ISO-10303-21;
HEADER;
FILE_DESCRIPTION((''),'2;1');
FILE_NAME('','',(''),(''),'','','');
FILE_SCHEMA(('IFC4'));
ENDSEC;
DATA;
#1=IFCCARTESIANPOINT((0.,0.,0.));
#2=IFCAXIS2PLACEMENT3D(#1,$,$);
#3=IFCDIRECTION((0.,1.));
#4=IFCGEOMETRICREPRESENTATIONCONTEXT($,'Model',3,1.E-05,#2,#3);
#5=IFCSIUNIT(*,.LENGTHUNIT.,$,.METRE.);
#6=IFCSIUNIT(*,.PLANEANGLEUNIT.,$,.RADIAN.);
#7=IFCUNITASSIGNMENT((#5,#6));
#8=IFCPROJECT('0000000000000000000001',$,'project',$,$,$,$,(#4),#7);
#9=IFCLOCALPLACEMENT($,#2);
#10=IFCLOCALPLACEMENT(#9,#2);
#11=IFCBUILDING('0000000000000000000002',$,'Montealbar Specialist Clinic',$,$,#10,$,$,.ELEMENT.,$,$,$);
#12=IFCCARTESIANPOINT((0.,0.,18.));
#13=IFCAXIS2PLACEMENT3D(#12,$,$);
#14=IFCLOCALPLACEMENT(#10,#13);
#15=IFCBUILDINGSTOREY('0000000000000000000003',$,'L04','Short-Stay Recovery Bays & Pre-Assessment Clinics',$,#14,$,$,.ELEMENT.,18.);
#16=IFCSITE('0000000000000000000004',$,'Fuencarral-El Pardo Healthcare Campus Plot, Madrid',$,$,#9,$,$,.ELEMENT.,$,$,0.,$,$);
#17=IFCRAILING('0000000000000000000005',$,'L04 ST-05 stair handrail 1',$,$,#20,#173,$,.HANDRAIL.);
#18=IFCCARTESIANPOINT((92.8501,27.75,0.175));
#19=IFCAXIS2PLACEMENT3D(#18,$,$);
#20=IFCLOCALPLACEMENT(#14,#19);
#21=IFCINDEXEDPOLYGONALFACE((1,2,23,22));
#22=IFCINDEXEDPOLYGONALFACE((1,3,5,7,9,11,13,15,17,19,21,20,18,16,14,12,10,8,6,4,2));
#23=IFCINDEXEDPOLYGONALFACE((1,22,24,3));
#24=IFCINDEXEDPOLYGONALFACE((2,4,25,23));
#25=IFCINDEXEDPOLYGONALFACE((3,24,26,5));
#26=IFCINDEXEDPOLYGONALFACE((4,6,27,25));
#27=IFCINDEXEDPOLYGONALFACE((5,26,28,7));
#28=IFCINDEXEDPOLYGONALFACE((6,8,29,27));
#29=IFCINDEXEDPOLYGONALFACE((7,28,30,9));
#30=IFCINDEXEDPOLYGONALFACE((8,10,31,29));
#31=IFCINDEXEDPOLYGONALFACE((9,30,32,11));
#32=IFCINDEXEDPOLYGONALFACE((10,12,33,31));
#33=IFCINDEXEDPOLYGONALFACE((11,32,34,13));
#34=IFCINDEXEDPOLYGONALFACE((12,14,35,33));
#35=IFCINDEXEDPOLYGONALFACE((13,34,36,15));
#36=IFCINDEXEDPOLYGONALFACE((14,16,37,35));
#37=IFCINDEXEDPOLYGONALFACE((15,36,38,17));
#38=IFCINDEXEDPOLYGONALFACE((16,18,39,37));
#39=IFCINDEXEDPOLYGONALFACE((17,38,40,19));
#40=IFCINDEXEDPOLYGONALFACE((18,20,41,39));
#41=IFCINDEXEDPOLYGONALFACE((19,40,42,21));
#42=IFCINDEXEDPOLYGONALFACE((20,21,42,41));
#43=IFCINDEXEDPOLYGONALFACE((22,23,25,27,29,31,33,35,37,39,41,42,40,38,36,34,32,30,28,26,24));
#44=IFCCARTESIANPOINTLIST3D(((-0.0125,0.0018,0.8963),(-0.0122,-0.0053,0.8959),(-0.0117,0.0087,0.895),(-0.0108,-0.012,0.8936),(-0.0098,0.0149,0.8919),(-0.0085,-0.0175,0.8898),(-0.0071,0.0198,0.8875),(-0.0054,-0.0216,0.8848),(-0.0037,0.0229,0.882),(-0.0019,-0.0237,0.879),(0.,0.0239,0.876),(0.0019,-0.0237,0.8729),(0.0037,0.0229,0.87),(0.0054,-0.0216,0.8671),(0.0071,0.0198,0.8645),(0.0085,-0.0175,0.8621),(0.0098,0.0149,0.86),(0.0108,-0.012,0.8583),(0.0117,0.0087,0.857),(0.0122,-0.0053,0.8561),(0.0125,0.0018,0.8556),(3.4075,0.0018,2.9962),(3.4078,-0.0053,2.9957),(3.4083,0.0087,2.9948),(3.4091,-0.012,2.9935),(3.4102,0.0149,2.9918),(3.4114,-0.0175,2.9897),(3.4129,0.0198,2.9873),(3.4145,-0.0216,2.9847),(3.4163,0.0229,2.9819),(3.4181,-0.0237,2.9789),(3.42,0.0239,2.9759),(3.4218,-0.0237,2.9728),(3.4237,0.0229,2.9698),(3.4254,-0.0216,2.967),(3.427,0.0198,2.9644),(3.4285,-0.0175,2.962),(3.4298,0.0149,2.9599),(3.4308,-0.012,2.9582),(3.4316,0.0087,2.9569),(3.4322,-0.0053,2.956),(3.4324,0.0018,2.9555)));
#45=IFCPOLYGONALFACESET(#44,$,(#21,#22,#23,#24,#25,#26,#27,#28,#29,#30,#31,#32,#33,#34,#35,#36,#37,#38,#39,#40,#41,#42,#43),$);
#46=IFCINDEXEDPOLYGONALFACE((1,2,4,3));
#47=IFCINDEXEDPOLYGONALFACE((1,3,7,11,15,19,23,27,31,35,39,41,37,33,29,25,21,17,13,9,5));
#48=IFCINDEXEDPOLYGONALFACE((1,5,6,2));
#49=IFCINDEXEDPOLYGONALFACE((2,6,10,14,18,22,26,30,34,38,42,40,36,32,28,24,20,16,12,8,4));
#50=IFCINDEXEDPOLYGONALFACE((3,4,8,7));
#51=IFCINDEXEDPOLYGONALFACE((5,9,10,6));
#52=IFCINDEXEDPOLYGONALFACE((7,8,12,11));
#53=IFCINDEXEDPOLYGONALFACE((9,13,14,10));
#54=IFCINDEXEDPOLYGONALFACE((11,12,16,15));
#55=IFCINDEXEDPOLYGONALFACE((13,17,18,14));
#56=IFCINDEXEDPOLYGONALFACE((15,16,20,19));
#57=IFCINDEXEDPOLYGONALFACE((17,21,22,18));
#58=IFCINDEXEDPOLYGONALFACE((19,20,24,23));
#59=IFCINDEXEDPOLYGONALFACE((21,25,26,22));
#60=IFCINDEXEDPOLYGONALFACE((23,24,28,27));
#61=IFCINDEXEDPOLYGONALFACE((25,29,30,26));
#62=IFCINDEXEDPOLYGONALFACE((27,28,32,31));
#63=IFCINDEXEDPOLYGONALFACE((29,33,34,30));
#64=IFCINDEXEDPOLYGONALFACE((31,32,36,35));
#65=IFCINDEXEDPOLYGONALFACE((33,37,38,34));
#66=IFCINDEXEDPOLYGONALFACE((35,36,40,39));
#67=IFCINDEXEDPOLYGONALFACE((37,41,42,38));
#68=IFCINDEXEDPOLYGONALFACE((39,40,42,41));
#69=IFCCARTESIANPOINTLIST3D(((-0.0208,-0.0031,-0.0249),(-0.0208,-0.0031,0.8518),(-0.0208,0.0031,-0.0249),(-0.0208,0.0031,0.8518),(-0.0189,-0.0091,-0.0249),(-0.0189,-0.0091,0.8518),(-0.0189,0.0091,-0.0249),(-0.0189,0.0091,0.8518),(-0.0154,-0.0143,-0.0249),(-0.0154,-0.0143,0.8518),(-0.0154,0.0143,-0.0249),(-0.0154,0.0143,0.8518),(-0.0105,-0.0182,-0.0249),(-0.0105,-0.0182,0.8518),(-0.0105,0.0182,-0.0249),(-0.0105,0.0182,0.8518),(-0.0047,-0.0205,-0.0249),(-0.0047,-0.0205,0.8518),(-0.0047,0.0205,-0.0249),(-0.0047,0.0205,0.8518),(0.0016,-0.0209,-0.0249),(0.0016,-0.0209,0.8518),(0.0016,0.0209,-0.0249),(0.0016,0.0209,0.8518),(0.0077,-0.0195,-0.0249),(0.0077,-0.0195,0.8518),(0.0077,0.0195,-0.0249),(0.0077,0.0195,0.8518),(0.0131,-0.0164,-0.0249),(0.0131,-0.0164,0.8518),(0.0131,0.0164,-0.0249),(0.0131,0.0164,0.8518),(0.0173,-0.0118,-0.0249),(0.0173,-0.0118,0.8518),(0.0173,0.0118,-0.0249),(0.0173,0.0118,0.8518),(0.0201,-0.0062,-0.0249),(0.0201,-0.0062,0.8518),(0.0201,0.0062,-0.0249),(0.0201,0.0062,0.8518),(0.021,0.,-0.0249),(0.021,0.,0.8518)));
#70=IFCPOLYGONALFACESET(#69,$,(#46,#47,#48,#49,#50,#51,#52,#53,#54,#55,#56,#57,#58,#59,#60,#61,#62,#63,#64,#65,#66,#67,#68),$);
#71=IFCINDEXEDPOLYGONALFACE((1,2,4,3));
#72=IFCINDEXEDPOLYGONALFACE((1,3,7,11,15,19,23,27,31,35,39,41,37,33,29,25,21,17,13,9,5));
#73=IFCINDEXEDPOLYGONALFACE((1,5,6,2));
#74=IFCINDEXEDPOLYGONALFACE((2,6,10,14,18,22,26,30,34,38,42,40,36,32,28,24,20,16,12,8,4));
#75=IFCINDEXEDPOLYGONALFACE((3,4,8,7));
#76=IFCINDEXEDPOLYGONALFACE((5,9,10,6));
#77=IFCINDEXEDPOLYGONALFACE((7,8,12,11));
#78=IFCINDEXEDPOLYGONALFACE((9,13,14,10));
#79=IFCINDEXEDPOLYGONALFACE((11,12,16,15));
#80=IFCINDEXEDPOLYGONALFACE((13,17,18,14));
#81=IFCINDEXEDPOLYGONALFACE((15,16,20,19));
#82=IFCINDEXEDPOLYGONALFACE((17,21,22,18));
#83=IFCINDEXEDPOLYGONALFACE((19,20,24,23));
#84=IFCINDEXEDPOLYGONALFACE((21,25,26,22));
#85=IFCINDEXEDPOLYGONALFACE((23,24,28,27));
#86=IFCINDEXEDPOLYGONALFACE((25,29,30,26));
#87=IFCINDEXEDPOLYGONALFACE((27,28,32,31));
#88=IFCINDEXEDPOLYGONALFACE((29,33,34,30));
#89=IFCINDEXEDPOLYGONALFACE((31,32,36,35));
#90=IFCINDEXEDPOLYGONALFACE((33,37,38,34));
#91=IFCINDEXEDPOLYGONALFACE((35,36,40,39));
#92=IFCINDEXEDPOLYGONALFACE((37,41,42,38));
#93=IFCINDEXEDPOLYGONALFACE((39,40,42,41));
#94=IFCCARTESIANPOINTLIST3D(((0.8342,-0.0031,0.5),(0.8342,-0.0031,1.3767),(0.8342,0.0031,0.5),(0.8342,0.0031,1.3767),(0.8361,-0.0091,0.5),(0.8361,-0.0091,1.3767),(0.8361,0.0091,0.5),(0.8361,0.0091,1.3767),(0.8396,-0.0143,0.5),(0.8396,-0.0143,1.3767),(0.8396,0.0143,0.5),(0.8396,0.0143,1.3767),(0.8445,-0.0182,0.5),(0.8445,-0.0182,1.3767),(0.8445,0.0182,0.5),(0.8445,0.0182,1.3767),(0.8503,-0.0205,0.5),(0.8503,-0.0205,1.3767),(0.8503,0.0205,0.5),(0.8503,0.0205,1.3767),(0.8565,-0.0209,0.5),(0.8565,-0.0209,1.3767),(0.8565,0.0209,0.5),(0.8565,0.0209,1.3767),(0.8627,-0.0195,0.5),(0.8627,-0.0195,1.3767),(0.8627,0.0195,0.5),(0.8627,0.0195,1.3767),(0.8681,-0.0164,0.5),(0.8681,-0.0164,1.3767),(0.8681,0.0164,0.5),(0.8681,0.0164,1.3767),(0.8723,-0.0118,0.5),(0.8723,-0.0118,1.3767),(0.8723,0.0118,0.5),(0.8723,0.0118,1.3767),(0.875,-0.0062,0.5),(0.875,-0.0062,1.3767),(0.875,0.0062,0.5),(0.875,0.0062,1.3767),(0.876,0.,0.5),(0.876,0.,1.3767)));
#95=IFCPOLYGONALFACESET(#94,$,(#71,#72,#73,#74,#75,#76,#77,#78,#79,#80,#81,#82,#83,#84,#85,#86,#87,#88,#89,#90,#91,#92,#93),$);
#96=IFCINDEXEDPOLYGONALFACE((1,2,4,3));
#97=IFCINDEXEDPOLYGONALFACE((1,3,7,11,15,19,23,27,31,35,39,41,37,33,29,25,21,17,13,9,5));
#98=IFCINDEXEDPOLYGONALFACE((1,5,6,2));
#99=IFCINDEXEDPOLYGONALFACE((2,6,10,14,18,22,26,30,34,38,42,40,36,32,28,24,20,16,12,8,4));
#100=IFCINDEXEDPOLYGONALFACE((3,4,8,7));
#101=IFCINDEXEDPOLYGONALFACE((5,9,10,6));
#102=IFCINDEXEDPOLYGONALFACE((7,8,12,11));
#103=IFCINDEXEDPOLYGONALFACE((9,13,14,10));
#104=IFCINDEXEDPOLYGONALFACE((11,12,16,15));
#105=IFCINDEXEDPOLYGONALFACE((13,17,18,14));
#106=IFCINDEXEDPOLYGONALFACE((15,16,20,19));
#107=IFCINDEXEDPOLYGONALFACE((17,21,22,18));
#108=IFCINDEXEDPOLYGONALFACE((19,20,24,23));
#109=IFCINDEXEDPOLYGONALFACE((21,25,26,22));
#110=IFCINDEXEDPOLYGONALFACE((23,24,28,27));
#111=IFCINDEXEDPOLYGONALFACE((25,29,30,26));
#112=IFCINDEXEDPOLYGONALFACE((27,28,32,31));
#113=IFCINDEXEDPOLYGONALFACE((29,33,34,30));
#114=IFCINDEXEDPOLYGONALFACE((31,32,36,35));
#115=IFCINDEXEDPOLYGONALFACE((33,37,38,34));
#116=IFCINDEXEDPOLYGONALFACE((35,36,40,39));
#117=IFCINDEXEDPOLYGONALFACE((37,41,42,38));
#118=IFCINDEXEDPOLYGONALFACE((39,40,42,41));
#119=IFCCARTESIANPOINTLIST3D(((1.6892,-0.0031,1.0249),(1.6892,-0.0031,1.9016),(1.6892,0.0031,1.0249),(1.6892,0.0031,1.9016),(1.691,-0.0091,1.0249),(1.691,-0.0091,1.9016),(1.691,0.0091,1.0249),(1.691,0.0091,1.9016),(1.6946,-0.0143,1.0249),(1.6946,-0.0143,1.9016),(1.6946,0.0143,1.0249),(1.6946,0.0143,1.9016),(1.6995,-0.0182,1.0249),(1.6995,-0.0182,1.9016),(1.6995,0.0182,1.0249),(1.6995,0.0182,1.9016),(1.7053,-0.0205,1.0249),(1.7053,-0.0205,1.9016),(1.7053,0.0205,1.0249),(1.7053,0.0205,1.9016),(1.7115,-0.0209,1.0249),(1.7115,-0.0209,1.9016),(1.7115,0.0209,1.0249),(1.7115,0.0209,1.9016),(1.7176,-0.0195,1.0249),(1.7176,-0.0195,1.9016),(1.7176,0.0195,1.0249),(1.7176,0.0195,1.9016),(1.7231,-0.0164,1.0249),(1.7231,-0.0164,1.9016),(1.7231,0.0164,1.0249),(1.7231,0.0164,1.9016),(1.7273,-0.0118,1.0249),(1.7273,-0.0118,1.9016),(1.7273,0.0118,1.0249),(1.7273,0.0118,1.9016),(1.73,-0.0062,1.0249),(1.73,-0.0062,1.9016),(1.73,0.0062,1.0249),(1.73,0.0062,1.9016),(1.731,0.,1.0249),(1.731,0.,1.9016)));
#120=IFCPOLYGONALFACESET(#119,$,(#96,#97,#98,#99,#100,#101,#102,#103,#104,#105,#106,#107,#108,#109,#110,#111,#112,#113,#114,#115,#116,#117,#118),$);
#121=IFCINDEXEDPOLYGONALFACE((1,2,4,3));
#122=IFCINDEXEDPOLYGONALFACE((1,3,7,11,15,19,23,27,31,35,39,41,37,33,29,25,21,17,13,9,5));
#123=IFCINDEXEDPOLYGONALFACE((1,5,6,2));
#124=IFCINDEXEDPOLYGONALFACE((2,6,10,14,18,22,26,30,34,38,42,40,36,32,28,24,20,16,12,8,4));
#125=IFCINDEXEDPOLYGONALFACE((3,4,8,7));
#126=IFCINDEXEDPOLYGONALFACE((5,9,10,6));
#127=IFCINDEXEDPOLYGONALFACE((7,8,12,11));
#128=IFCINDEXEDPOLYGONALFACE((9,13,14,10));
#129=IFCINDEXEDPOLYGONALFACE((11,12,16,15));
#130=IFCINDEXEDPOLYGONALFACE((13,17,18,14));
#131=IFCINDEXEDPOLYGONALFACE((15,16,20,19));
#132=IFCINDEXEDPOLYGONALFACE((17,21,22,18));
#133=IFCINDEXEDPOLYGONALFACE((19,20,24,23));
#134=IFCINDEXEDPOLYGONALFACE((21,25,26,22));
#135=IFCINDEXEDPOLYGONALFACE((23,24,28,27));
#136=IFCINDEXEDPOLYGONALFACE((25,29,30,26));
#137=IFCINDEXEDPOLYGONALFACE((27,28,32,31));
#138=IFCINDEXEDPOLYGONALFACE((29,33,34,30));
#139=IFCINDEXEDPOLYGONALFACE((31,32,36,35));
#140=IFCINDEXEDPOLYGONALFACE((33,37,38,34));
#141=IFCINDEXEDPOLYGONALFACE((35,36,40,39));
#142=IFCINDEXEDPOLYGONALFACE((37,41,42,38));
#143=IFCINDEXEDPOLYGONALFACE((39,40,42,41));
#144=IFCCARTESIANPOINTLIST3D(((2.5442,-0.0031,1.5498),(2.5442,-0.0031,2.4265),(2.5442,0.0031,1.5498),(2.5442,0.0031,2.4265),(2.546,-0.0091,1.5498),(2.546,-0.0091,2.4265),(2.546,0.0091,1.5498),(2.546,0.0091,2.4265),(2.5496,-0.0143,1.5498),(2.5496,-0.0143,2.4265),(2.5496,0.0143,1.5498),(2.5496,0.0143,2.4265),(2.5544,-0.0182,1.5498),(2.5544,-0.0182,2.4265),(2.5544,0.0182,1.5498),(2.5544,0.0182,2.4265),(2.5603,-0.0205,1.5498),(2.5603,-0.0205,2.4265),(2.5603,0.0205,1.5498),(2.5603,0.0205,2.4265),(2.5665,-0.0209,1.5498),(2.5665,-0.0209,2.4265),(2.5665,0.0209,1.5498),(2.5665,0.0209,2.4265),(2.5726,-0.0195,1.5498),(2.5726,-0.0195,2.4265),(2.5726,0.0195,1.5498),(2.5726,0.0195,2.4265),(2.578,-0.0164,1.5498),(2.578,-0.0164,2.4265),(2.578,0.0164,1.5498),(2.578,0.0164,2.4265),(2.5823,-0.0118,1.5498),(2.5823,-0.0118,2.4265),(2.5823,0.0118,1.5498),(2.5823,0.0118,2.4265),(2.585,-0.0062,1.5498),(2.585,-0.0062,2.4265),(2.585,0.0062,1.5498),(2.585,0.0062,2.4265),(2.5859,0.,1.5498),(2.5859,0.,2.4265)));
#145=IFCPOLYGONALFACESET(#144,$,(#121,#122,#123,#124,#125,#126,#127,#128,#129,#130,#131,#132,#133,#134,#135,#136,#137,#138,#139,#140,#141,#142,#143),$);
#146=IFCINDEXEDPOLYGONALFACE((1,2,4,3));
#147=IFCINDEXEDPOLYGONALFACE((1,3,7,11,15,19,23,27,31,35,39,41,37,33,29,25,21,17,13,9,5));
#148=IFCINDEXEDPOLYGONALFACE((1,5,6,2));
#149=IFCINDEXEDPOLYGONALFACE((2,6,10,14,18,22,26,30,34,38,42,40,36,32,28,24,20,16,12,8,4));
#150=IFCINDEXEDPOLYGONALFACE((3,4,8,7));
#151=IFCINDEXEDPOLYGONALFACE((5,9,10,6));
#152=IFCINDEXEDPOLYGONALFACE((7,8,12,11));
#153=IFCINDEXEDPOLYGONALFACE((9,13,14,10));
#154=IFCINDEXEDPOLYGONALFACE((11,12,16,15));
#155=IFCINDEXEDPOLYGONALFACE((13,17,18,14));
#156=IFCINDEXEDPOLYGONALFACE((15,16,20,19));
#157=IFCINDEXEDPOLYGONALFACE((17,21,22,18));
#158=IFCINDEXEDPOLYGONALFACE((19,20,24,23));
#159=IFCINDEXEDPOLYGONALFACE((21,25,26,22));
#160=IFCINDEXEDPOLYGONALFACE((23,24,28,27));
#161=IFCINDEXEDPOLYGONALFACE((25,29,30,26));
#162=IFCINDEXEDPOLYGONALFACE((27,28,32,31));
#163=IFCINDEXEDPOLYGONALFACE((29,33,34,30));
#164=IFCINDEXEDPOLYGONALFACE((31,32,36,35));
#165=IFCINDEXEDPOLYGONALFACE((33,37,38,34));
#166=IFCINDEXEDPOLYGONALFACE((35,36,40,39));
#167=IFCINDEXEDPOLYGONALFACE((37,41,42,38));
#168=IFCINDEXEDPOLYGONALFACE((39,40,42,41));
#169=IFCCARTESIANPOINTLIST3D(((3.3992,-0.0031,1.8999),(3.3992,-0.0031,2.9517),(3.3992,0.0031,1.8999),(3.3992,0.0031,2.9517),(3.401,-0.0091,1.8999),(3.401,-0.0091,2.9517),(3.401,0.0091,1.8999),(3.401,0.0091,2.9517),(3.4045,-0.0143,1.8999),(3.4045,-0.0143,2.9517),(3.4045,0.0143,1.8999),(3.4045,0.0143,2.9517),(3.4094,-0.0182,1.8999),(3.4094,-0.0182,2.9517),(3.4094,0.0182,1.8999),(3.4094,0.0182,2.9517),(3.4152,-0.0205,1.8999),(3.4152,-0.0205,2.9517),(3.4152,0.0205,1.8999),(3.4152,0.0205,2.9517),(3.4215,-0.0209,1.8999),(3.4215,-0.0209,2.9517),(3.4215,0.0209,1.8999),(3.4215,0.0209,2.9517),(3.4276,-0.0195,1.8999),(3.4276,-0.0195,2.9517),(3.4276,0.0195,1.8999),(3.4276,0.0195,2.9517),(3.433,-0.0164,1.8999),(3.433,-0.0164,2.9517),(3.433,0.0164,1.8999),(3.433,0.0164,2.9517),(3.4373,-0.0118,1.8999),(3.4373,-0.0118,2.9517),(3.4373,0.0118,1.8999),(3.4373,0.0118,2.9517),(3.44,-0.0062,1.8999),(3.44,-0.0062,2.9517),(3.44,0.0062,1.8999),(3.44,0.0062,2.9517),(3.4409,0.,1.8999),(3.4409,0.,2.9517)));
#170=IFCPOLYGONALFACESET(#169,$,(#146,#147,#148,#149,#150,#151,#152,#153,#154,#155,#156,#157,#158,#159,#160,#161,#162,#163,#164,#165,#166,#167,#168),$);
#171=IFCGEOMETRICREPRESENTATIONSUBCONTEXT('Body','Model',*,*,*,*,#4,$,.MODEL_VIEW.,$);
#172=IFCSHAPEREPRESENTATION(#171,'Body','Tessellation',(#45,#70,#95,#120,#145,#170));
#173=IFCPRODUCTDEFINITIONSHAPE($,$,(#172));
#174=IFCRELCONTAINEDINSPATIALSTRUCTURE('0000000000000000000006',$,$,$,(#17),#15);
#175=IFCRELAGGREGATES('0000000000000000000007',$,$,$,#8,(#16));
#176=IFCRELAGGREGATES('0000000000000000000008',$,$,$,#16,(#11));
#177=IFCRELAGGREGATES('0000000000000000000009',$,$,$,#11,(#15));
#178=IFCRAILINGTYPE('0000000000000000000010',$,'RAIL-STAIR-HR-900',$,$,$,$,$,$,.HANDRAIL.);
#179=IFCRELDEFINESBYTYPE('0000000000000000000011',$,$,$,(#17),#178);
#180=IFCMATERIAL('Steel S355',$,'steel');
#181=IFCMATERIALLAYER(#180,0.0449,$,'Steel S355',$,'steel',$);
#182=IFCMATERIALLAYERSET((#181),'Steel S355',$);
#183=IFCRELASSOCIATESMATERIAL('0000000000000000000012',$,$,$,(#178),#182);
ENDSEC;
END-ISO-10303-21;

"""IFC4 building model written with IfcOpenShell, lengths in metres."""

from ifc_helpers import new_model, si_unit, direction, frame, origin, origin_2d, place, context, subcontext, project, spatial, circle, extrude, material, layer, layer_set, type_object, element, save


model = new_model("IFC4")

# Units and contexts
model_context = context("Model", 3, precision=1e-05, world=origin(), true_north=direction((0.0, 1.0)))
body_context = subcontext(model_context, "Body", "Model", "MODEL_VIEW")
ifc_project = project(units=[si_unit("LENGTHUNIT", "METRE"), si_unit("PLANEANGLEUNIT", "RADIAN")], contexts=[model_context])

# Site, building, storey
site_placement = place(None, origin())
site = spatial("IfcSite", under=ifc_project, at=site_placement, Name="Fuencarral-El Pardo Healthcare Campus Plot, Madrid", CompositionType="ELEMENT", RefElevation=0.0)
building_placement = place(site_placement, origin())
building = spatial("IfcBuilding", under=site, at=building_placement, Name="Montealbar Specialist Clinic", CompositionType="ELEMENT")
storey_placement = place(building_placement, frame((0.0, 0.0, 18.0)))
storey = spatial("IfcBuildingStorey", under=building, at=storey_placement, Name="L04", Description="Short-Stay Recovery Bays & Pre-Assessment Clinics", CompositionType="ELEMENT", Elevation=18.0)

# Shared definitions
ifc_material_1 = material(Name="Steel S355", Category="steel")

# Railing
ifc_layer_1 = layer(ifc_material_1, 0.0449, Name="Steel S355", Category="steel")
ifc_layer_set_1 = layer_set([ifc_layer_1], Name="Steel S355")
railing_type_1 = type_object("IfcRailingType", Name="RAIL-STAIR-HR-900", PredefinedType="HANDRAIL", material=ifc_layer_set_1)
railing_1_placement = place(storey_placement, frame((92.8501, 27.75, 0.175)))
element("IfcRailing", 1, at=railing_1_placement, inside=storey, type_object=railing_type_1, Name="L04 ST-05 stair handrail 1", PredefinedType="HANDRAIL", context=body_context, shape_type="SweptSolid", body=[
    extrude(circle(Radius=0.0239, at=origin_2d()), frame((0.0, 0.0, 0.876), z_axis=(0.852182, 0.0, 0.523245), x_axis=(0.0, 1.0, 0.0)), (0.0, 0.0, 1.0), 4.0132),
    extrude(circle(Radius=0.021, at=origin_2d()), frame((0.0, 0.0, -0.0249)), (0.0, 0.0, 1.0), 0.8767),
    extrude(circle(Radius=0.021, at=origin_2d()), frame((0.855, 0.0, 0.5)), (0.0, 0.0, 1.0), 0.8767),
    extrude(circle(Radius=0.021, at=origin_2d()), frame((1.71, 0.0, 1.0249)), (0.0, 0.0, 1.0), 0.8767),
    extrude(circle(Radius=0.021, at=origin_2d()), frame((2.5649, 0.0, 1.5498)), (0.0, 0.0, 1.0), 0.8767),
    extrude(circle(Radius=0.021, at=origin_2d()), frame((3.4199, 0.0, 1.8999)), (0.0, 0.0, 1.0), 1.0518),
])

save(model, "model.ifc")
